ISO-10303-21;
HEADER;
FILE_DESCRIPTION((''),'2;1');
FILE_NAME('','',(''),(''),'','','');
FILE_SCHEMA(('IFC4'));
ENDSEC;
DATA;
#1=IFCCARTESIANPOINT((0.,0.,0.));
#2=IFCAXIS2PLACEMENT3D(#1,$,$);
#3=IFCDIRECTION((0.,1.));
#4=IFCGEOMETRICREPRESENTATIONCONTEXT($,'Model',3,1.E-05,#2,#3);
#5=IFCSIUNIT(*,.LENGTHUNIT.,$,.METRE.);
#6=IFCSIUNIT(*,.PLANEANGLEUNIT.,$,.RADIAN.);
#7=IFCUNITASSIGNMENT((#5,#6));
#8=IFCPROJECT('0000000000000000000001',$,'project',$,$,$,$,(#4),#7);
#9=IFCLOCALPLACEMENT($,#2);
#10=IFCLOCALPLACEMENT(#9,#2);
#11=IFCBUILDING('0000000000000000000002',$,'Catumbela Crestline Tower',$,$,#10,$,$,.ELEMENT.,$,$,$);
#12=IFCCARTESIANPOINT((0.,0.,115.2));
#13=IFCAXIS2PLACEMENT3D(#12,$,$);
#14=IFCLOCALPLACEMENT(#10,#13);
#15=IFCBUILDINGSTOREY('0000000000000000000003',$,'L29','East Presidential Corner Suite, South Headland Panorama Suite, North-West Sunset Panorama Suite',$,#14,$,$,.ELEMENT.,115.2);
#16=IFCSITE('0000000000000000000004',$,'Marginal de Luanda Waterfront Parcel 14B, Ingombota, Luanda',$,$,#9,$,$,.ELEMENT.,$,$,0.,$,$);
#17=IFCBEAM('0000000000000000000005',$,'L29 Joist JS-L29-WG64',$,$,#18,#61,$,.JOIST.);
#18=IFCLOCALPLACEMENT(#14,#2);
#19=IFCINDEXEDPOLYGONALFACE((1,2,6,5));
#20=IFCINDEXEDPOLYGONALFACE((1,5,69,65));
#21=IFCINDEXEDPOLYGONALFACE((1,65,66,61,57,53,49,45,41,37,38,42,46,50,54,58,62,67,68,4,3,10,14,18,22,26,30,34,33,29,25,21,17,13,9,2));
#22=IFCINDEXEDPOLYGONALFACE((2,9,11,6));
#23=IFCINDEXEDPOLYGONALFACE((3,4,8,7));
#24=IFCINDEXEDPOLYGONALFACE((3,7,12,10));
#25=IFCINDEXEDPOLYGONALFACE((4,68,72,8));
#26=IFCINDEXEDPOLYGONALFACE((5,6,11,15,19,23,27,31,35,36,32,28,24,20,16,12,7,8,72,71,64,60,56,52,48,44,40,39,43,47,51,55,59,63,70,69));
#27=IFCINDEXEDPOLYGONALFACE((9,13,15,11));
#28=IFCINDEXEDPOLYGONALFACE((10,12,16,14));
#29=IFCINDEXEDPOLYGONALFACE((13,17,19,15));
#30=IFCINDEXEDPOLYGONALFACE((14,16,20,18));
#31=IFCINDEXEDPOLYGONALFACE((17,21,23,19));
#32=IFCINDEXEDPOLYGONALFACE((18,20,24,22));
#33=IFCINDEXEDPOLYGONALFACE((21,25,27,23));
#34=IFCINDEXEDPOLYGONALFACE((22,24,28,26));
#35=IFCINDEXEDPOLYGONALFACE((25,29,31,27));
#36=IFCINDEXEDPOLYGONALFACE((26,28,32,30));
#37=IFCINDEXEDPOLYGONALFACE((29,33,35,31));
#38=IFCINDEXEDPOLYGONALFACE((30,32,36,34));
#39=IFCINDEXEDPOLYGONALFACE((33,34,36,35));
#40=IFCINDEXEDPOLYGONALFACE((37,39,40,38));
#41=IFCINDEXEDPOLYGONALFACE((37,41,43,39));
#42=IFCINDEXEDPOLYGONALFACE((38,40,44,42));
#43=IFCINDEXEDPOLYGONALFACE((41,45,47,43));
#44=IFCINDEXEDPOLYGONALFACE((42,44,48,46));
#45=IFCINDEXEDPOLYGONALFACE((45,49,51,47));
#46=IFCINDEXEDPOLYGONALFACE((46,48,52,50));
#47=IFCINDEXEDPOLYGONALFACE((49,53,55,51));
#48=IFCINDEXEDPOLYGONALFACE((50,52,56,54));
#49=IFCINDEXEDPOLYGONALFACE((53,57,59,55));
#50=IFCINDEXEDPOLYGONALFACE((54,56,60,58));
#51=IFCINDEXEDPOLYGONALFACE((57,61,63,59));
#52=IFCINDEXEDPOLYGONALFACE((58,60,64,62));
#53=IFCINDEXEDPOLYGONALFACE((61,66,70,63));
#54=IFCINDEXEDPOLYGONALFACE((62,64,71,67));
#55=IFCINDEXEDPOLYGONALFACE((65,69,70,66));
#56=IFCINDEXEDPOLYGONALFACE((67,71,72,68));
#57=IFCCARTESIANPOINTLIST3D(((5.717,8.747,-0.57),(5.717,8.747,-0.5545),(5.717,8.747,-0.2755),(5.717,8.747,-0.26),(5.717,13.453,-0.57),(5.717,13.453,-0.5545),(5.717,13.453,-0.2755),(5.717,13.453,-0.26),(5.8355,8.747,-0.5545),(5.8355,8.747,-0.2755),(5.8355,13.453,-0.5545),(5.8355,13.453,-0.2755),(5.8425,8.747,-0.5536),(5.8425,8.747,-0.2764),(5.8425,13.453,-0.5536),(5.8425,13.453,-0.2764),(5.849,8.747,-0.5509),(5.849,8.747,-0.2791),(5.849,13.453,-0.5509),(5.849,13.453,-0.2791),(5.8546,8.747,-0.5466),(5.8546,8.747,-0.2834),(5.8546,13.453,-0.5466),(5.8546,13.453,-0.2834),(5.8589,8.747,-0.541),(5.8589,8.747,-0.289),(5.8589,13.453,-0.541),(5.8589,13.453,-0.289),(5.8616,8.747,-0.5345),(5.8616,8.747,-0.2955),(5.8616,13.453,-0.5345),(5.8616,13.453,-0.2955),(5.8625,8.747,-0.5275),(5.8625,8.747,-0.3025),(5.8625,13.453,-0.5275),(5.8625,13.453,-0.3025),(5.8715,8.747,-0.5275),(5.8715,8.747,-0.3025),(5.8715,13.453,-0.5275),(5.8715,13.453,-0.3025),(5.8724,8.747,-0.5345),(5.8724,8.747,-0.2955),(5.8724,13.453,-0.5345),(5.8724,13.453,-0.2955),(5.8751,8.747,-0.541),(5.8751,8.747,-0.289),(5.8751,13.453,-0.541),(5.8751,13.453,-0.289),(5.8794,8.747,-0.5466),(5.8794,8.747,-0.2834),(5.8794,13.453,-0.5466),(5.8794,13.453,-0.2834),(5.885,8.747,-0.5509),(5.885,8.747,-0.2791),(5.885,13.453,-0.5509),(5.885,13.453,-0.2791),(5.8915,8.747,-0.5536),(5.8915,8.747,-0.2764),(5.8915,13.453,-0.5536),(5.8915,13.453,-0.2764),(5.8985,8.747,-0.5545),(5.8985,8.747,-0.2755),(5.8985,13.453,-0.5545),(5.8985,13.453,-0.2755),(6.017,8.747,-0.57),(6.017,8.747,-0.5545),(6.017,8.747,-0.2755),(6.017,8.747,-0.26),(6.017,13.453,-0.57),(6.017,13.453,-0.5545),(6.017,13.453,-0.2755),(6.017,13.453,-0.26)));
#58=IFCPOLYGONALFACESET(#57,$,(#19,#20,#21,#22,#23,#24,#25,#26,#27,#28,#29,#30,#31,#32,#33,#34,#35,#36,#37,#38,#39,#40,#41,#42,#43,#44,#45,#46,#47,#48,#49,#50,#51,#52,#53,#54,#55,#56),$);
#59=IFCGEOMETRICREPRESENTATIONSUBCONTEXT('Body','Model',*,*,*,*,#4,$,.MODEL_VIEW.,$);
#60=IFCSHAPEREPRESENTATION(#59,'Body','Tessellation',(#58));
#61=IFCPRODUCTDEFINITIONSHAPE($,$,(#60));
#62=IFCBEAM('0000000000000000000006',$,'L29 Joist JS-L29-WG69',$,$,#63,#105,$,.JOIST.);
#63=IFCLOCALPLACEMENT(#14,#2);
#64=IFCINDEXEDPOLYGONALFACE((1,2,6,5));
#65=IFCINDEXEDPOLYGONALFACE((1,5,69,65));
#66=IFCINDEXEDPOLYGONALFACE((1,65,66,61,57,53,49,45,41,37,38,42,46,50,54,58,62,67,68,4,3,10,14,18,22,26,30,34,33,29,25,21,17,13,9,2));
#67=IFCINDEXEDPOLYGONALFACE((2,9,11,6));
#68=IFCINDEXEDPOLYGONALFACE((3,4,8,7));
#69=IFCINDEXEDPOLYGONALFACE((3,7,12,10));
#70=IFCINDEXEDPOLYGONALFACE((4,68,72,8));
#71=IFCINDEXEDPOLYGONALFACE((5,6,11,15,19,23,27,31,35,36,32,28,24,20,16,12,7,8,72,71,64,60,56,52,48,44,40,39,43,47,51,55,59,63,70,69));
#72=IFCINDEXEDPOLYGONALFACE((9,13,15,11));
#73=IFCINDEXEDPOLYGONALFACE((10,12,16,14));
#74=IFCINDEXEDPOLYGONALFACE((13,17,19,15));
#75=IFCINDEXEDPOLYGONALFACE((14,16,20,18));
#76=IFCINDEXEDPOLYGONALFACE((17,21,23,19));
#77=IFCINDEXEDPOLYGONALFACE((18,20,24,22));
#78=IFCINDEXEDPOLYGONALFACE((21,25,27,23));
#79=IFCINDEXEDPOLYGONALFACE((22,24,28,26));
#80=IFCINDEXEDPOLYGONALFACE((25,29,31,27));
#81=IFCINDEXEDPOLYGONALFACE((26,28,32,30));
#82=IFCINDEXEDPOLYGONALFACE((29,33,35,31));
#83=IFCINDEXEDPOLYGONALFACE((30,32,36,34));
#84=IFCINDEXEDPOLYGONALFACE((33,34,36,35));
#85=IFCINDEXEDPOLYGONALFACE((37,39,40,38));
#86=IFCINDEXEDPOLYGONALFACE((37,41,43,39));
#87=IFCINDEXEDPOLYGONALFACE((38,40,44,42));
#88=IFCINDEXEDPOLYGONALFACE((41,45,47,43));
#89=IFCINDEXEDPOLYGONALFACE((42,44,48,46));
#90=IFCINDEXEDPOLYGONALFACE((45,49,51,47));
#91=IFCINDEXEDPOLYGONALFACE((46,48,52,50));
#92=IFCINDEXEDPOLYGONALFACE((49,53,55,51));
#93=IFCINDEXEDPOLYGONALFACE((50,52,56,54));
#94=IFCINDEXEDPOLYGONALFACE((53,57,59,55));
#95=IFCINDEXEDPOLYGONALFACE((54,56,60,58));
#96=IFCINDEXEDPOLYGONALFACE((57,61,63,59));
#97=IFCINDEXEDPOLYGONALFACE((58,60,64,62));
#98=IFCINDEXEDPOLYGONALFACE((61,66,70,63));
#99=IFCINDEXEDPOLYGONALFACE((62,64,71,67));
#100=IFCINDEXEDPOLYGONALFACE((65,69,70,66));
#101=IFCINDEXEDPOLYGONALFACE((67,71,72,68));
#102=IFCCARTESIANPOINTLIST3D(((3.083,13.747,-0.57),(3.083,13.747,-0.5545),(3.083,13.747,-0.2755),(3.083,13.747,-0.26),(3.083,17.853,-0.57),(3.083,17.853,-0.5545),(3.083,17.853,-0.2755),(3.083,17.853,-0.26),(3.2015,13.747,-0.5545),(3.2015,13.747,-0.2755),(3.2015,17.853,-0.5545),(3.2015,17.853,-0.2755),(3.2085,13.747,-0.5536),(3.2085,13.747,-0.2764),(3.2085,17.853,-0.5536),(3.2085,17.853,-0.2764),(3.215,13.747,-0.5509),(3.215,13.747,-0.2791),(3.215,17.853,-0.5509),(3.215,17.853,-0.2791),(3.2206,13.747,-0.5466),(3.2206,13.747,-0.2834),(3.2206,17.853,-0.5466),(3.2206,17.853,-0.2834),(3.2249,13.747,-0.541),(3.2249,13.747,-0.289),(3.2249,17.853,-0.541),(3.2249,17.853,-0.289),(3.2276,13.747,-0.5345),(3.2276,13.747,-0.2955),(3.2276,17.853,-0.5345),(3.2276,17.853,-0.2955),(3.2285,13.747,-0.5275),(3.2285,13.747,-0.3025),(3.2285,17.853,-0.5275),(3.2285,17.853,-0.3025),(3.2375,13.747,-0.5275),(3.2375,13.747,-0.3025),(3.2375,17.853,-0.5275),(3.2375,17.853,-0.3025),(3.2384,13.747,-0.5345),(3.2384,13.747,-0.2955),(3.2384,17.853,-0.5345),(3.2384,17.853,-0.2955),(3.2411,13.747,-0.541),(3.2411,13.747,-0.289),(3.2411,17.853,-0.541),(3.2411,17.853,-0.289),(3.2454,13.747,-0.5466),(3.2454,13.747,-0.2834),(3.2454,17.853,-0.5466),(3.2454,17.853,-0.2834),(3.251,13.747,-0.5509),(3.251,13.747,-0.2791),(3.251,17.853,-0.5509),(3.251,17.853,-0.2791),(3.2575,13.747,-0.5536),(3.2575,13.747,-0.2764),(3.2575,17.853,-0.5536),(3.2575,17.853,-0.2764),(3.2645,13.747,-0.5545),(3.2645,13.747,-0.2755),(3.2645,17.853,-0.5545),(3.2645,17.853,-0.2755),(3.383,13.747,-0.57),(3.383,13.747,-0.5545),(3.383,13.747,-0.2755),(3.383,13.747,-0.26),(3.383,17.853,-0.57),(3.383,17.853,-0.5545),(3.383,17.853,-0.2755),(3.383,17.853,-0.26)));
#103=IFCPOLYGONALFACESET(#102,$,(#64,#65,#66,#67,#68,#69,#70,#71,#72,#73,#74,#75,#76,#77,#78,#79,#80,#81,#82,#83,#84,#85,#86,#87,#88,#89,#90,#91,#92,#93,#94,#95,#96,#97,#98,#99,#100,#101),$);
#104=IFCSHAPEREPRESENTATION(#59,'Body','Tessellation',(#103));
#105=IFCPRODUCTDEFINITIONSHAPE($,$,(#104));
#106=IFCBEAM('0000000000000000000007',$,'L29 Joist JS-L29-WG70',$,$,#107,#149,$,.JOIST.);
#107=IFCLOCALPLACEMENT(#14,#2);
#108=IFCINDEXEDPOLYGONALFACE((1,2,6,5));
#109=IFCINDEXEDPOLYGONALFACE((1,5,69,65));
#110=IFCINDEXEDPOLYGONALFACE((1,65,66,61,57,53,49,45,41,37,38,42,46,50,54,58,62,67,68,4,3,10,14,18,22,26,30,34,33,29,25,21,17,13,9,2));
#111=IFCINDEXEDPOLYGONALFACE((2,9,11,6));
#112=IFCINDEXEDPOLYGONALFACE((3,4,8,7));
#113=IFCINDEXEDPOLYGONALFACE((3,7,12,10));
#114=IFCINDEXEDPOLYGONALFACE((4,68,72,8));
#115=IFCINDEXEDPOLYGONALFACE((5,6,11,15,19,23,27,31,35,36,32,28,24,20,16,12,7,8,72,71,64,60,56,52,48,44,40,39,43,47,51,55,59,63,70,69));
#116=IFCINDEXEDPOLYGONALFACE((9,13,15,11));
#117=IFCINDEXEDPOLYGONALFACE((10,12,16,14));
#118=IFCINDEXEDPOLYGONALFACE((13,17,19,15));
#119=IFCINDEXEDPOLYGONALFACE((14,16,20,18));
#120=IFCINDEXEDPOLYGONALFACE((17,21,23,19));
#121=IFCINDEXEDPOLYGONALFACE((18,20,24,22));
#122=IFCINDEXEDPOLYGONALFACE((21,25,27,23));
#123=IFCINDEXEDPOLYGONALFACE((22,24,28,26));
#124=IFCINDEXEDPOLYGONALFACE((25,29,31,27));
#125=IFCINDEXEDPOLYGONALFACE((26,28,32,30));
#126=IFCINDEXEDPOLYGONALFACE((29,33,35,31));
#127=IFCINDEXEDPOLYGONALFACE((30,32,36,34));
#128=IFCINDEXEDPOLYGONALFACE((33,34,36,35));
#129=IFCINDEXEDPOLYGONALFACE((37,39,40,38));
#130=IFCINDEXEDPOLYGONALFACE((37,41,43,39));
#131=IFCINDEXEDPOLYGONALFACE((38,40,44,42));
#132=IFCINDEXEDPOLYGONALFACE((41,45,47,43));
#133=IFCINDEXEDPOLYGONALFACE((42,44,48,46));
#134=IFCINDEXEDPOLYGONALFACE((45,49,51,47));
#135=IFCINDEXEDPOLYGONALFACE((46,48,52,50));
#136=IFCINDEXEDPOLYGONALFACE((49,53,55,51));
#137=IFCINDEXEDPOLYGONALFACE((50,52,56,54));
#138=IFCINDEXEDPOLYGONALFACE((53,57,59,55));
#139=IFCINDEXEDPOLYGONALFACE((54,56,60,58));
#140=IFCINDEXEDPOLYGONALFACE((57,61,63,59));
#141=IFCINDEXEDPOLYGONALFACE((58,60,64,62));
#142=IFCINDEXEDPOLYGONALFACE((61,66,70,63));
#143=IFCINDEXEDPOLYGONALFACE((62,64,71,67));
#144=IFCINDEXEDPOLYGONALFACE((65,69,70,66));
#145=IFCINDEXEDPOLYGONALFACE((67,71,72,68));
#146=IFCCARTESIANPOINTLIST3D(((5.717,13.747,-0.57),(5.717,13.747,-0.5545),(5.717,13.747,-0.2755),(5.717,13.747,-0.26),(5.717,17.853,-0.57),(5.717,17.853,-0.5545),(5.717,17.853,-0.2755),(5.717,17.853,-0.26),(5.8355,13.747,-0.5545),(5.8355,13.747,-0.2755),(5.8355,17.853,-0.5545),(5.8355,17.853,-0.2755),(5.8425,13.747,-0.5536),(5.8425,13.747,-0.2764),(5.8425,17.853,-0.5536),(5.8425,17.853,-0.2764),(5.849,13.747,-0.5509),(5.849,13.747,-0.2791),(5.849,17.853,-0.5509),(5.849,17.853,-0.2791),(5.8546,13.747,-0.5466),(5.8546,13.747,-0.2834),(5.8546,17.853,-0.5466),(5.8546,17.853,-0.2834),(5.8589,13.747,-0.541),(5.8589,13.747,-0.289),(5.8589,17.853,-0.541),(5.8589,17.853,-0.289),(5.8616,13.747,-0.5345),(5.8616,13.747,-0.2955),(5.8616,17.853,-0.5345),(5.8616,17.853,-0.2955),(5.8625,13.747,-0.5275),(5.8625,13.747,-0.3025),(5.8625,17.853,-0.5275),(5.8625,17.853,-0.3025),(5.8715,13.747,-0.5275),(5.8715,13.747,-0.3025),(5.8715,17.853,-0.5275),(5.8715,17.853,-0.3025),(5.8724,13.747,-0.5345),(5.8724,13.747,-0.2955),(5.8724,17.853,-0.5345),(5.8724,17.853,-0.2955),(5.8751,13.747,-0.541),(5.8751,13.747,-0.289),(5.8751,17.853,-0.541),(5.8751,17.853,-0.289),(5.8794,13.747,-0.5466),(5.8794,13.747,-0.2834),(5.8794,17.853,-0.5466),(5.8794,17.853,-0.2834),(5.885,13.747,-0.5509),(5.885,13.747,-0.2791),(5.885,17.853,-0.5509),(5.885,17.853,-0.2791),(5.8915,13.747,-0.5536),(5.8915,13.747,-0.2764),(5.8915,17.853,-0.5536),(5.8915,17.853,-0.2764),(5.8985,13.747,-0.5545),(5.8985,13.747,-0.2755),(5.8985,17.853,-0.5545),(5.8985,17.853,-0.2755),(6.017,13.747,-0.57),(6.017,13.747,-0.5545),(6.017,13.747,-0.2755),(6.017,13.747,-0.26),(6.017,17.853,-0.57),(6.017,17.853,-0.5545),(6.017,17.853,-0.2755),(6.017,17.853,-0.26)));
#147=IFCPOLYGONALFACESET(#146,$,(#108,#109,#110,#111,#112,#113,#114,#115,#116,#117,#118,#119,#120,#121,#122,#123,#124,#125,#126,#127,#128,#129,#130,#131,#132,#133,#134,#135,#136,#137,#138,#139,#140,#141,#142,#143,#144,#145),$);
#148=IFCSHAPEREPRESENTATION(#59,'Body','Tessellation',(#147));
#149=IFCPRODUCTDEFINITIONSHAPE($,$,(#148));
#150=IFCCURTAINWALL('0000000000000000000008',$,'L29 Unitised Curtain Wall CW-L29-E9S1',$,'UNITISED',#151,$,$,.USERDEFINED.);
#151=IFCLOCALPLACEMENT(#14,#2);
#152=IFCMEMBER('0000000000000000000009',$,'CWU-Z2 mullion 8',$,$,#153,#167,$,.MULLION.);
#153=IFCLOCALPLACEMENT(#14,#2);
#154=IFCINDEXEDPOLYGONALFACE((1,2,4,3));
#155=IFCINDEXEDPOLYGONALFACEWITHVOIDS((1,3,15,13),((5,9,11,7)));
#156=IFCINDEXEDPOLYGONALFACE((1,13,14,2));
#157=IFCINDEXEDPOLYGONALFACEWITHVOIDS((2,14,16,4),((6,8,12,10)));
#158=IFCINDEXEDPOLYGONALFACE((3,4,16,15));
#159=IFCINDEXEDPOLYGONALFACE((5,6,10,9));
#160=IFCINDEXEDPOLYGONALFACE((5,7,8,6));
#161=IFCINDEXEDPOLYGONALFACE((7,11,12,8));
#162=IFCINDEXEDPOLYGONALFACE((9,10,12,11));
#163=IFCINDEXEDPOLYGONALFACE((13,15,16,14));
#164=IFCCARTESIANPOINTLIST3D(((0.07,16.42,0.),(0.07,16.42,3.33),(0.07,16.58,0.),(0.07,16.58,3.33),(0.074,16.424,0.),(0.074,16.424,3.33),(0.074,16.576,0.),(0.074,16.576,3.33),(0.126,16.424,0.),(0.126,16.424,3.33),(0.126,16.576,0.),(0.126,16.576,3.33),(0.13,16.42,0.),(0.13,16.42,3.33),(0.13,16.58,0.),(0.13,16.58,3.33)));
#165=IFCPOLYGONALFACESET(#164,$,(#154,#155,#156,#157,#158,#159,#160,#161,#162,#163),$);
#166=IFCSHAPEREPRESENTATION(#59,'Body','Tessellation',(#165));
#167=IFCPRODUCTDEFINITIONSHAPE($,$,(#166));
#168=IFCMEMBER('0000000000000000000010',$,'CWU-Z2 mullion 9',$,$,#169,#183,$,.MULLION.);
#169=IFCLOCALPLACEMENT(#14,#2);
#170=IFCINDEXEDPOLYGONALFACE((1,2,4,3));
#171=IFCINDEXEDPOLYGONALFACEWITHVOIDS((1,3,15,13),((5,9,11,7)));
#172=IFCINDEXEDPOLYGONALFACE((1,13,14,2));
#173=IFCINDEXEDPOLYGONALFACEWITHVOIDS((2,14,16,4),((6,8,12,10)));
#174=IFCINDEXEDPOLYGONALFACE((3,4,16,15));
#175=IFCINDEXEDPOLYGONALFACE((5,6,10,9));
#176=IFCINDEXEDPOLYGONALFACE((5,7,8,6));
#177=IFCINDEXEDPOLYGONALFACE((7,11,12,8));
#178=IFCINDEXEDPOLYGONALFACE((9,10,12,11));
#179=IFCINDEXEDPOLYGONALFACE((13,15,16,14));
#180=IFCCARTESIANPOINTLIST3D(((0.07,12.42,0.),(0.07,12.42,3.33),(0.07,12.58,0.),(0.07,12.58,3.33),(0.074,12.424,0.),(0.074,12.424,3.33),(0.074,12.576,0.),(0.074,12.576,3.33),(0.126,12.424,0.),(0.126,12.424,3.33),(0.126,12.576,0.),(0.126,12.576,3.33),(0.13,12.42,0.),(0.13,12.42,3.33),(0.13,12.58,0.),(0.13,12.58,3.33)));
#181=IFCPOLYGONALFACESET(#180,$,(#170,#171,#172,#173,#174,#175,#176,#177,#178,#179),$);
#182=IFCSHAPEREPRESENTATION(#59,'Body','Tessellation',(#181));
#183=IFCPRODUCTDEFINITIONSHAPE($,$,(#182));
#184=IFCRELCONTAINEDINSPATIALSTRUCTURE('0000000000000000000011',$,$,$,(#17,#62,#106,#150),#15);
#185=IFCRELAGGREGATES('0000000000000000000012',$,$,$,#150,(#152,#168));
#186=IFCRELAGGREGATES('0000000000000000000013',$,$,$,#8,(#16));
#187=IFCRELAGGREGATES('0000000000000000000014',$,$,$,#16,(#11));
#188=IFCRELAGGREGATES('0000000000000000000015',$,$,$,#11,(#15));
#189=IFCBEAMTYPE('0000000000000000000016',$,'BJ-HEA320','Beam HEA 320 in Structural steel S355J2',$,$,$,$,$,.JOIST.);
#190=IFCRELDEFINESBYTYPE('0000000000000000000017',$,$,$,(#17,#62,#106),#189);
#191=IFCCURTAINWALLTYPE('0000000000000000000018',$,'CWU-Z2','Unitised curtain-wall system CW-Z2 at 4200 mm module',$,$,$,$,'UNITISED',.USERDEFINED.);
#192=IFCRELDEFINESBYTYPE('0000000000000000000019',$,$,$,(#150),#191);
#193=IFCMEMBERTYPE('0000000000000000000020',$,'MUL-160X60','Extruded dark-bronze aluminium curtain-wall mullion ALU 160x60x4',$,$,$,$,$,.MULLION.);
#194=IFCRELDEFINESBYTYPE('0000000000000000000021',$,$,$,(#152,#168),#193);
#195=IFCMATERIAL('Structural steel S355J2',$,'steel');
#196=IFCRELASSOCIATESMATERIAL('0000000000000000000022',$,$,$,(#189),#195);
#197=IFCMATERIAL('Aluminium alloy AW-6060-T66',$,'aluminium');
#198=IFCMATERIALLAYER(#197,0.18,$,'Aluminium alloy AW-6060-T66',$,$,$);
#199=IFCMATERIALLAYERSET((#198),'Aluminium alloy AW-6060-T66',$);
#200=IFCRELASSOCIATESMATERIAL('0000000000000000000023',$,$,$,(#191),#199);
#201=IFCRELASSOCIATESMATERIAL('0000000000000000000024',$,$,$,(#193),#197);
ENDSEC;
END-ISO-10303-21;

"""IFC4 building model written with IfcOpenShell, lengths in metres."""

from ifc_helpers import new_model, si_unit, direction, frame, origin, origin_2d, place, context, subcontext, project, spatial, hollow_rectangle, i_section, extrude, material, layer, layer_set, material_profile, profile_set, type_object, element, aggregate, save


model = new_model("IFC4")

# Units and contexts
model_context = context("Model", 3, precision=1e-05, world=origin(), true_north=direction((0.0, 1.0)))
body_context = subcontext(model_context, "Body", "Model", "MODEL_VIEW")
ifc_project = project(units=[si_unit("LENGTHUNIT", "METRE"), si_unit("PLANEANGLEUNIT", "RADIAN")], contexts=[model_context])

# Site, building, storey
site_placement = place(None, origin())
site = spatial("IfcSite", under=ifc_project, at=site_placement, Name="Marginal de Luanda Waterfront Parcel 14B, Ingombota, Luanda", CompositionType="ELEMENT", RefElevation=0.0)
building_placement = place(site_placement, origin())
building = spatial("IfcBuilding", under=site, at=building_placement, Name="Catumbela Crestline Tower", CompositionType="ELEMENT")
storey_placement = place(building_placement, frame((0.0, 0.0, 115.2)))
storey = spatial("IfcBuildingStorey", under=building, at=storey_placement, Name="L29", Description="East Presidential Corner Suite, South Headland Panorama Suite, North-West Sunset Panorama Suite", CompositionType="ELEMENT", Elevation=115.2)

# Beams
ifc_material_1 = material(Name="Structural steel S355J2", Category="steel")
ifc_material_profile_1 = material_profile(ifc_material_1, i_section(OverallWidth=0.3, OverallDepth=0.31, WebThickness=0.009, FlangeThickness=0.0155, FilletRadius=0.027, at=origin_2d()), Name="HEA 320")
ifc_profile_set_1 = profile_set([ifc_material_profile_1], Name="Structural steel S355J2")
beam_type_1 = type_object("IfcBeamType", Name="BJ-HEA320", Description="Beam HEA 320 in Structural steel S355J2", PredefinedType="JOIST", material=ifc_profile_set_1)
for number, where, z_axis, x_axis, name in (
    (1, (5.867, 8.747, -0.415), (0.0, 1.0, 0.0), (-1.0, 0.0, 0.0), "L29 Joist JS-L29-WG64"),
):
    element("IfcBeam", number, at=place(storey_placement, frame(where, z_axis=z_axis, x_axis=x_axis)), inside=storey, type_object=beam_type_1, Name=name, PredefinedType="JOIST", context=body_context, shape_type="SweptSolid", body=[
        extrude(i_section(OverallWidth=0.3, OverallDepth=0.31, WebThickness=0.009, FlangeThickness=0.0155, FilletRadius=0.027, at=origin_2d()), origin(), (0.0, 0.0, 1.0), 4.706),
    ])
for number, where, z_axis, x_axis, name in (
    (2, (3.233, 13.747, -0.415), (0.0, 1.0, 0.0), (-1.0, 0.0, 0.0), "L29 Joist JS-L29-WG69"),
    (3, (5.867, 13.747, -0.415), (0.0, 1.0, 0.0), (-1.0, 0.0, 0.0), "L29 Joist JS-L29-WG70"),
):
    element("IfcBeam", number, at=place(storey_placement, frame(where, z_axis=z_axis, x_axis=x_axis)), inside=storey, type_object=beam_type_1, Name=name, PredefinedType="JOIST", context=body_context, shape_type="SweptSolid", body=[
        extrude(i_section(OverallWidth=0.3, OverallDepth=0.31, WebThickness=0.009, FlangeThickness=0.0155, FilletRadius=0.027, at=origin_2d()), origin(), (0.0, 0.0, 1.0), 4.106),
    ])

# Curtain wall, members
ifc_material_2 = material(Name="Aluminium alloy AW-6060-T66", Category="aluminium")
ifc_layer_1 = layer(ifc_material_2, 0.18, Name="Aluminium alloy AW-6060-T66")
ifc_layer_set_1 = layer_set([ifc_layer_1], Name="Aluminium alloy AW-6060-T66")
curtain_wall_type = type_object("IfcCurtainWallType", Name="CWU-Z2", Description="Unitised curtain-wall system CW-Z2 at 4200 mm module", ElementType="UNITISED", PredefinedType="USERDEFINED", material=ifc_layer_set_1)
curtain_wall_placement = place(storey_placement, origin())
curtain_wall = element("IfcCurtainWall", 4, at=curtain_wall_placement, inside=storey, type_object=curtain_wall_type, Name="L29 Unitised Curtain Wall CW-L29-E9S1", ObjectType="UNITISED", PredefinedType="USERDEFINED")
ifc_material_profile_2 = material_profile(ifc_material_2, hollow_rectangle(XDim=0.06, YDim=0.16, WallThickness=0.004, at=origin_2d()), Name="ALU 160x60x4")
ifc_profile_set_2 = profile_set([ifc_material_profile_2], Name="Aluminium alloy AW-6060-T66")
member_type_1 = type_object("IfcMemberType", Name="MUL-160X60", Description="Extruded dark-bronze aluminium curtain-wall mullion ALU 160x60x4", PredefinedType="MULLION", material=ifc_profile_set_2)
member_1_placement = place(storey_placement, frame((0.1, 16.5, 0.0), z_axis=(0.0, 0.0, 1.0), x_axis=(1.0, 0.0, 0.0)))
member_1 = element("IfcMember", 5, at=member_1_placement, type_object=member_type_1, Name="CWU-Z2 mullion 8", PredefinedType="MULLION", context=body_context, shape_type="SweptSolid", body=[
    extrude(hollow_rectangle(XDim=0.06, YDim=0.16, WallThickness=0.004, at=origin_2d()), origin(), (0.0, 0.0, 1.0), 3.33),
])
member_2_placement = place(storey_placement, frame((0.1, 12.5, 0.0), z_axis=(0.0, 0.0, 1.0), x_axis=(1.0, 0.0, 0.0)))
member_2 = element("IfcMember", 6, at=member_2_placement, type_object=member_type_1, Name="CWU-Z2 mullion 9", PredefinedType="MULLION", context=body_context, shape_type="SweptSolid", body=[
    extrude(hollow_rectangle(XDim=0.06, YDim=0.16, WallThickness=0.004, at=origin_2d()), origin(), (0.0, 0.0, 1.0), 3.33),
])

aggregate(curtain_wall, [member_1, member_2])

save(model, "model.ifc")
